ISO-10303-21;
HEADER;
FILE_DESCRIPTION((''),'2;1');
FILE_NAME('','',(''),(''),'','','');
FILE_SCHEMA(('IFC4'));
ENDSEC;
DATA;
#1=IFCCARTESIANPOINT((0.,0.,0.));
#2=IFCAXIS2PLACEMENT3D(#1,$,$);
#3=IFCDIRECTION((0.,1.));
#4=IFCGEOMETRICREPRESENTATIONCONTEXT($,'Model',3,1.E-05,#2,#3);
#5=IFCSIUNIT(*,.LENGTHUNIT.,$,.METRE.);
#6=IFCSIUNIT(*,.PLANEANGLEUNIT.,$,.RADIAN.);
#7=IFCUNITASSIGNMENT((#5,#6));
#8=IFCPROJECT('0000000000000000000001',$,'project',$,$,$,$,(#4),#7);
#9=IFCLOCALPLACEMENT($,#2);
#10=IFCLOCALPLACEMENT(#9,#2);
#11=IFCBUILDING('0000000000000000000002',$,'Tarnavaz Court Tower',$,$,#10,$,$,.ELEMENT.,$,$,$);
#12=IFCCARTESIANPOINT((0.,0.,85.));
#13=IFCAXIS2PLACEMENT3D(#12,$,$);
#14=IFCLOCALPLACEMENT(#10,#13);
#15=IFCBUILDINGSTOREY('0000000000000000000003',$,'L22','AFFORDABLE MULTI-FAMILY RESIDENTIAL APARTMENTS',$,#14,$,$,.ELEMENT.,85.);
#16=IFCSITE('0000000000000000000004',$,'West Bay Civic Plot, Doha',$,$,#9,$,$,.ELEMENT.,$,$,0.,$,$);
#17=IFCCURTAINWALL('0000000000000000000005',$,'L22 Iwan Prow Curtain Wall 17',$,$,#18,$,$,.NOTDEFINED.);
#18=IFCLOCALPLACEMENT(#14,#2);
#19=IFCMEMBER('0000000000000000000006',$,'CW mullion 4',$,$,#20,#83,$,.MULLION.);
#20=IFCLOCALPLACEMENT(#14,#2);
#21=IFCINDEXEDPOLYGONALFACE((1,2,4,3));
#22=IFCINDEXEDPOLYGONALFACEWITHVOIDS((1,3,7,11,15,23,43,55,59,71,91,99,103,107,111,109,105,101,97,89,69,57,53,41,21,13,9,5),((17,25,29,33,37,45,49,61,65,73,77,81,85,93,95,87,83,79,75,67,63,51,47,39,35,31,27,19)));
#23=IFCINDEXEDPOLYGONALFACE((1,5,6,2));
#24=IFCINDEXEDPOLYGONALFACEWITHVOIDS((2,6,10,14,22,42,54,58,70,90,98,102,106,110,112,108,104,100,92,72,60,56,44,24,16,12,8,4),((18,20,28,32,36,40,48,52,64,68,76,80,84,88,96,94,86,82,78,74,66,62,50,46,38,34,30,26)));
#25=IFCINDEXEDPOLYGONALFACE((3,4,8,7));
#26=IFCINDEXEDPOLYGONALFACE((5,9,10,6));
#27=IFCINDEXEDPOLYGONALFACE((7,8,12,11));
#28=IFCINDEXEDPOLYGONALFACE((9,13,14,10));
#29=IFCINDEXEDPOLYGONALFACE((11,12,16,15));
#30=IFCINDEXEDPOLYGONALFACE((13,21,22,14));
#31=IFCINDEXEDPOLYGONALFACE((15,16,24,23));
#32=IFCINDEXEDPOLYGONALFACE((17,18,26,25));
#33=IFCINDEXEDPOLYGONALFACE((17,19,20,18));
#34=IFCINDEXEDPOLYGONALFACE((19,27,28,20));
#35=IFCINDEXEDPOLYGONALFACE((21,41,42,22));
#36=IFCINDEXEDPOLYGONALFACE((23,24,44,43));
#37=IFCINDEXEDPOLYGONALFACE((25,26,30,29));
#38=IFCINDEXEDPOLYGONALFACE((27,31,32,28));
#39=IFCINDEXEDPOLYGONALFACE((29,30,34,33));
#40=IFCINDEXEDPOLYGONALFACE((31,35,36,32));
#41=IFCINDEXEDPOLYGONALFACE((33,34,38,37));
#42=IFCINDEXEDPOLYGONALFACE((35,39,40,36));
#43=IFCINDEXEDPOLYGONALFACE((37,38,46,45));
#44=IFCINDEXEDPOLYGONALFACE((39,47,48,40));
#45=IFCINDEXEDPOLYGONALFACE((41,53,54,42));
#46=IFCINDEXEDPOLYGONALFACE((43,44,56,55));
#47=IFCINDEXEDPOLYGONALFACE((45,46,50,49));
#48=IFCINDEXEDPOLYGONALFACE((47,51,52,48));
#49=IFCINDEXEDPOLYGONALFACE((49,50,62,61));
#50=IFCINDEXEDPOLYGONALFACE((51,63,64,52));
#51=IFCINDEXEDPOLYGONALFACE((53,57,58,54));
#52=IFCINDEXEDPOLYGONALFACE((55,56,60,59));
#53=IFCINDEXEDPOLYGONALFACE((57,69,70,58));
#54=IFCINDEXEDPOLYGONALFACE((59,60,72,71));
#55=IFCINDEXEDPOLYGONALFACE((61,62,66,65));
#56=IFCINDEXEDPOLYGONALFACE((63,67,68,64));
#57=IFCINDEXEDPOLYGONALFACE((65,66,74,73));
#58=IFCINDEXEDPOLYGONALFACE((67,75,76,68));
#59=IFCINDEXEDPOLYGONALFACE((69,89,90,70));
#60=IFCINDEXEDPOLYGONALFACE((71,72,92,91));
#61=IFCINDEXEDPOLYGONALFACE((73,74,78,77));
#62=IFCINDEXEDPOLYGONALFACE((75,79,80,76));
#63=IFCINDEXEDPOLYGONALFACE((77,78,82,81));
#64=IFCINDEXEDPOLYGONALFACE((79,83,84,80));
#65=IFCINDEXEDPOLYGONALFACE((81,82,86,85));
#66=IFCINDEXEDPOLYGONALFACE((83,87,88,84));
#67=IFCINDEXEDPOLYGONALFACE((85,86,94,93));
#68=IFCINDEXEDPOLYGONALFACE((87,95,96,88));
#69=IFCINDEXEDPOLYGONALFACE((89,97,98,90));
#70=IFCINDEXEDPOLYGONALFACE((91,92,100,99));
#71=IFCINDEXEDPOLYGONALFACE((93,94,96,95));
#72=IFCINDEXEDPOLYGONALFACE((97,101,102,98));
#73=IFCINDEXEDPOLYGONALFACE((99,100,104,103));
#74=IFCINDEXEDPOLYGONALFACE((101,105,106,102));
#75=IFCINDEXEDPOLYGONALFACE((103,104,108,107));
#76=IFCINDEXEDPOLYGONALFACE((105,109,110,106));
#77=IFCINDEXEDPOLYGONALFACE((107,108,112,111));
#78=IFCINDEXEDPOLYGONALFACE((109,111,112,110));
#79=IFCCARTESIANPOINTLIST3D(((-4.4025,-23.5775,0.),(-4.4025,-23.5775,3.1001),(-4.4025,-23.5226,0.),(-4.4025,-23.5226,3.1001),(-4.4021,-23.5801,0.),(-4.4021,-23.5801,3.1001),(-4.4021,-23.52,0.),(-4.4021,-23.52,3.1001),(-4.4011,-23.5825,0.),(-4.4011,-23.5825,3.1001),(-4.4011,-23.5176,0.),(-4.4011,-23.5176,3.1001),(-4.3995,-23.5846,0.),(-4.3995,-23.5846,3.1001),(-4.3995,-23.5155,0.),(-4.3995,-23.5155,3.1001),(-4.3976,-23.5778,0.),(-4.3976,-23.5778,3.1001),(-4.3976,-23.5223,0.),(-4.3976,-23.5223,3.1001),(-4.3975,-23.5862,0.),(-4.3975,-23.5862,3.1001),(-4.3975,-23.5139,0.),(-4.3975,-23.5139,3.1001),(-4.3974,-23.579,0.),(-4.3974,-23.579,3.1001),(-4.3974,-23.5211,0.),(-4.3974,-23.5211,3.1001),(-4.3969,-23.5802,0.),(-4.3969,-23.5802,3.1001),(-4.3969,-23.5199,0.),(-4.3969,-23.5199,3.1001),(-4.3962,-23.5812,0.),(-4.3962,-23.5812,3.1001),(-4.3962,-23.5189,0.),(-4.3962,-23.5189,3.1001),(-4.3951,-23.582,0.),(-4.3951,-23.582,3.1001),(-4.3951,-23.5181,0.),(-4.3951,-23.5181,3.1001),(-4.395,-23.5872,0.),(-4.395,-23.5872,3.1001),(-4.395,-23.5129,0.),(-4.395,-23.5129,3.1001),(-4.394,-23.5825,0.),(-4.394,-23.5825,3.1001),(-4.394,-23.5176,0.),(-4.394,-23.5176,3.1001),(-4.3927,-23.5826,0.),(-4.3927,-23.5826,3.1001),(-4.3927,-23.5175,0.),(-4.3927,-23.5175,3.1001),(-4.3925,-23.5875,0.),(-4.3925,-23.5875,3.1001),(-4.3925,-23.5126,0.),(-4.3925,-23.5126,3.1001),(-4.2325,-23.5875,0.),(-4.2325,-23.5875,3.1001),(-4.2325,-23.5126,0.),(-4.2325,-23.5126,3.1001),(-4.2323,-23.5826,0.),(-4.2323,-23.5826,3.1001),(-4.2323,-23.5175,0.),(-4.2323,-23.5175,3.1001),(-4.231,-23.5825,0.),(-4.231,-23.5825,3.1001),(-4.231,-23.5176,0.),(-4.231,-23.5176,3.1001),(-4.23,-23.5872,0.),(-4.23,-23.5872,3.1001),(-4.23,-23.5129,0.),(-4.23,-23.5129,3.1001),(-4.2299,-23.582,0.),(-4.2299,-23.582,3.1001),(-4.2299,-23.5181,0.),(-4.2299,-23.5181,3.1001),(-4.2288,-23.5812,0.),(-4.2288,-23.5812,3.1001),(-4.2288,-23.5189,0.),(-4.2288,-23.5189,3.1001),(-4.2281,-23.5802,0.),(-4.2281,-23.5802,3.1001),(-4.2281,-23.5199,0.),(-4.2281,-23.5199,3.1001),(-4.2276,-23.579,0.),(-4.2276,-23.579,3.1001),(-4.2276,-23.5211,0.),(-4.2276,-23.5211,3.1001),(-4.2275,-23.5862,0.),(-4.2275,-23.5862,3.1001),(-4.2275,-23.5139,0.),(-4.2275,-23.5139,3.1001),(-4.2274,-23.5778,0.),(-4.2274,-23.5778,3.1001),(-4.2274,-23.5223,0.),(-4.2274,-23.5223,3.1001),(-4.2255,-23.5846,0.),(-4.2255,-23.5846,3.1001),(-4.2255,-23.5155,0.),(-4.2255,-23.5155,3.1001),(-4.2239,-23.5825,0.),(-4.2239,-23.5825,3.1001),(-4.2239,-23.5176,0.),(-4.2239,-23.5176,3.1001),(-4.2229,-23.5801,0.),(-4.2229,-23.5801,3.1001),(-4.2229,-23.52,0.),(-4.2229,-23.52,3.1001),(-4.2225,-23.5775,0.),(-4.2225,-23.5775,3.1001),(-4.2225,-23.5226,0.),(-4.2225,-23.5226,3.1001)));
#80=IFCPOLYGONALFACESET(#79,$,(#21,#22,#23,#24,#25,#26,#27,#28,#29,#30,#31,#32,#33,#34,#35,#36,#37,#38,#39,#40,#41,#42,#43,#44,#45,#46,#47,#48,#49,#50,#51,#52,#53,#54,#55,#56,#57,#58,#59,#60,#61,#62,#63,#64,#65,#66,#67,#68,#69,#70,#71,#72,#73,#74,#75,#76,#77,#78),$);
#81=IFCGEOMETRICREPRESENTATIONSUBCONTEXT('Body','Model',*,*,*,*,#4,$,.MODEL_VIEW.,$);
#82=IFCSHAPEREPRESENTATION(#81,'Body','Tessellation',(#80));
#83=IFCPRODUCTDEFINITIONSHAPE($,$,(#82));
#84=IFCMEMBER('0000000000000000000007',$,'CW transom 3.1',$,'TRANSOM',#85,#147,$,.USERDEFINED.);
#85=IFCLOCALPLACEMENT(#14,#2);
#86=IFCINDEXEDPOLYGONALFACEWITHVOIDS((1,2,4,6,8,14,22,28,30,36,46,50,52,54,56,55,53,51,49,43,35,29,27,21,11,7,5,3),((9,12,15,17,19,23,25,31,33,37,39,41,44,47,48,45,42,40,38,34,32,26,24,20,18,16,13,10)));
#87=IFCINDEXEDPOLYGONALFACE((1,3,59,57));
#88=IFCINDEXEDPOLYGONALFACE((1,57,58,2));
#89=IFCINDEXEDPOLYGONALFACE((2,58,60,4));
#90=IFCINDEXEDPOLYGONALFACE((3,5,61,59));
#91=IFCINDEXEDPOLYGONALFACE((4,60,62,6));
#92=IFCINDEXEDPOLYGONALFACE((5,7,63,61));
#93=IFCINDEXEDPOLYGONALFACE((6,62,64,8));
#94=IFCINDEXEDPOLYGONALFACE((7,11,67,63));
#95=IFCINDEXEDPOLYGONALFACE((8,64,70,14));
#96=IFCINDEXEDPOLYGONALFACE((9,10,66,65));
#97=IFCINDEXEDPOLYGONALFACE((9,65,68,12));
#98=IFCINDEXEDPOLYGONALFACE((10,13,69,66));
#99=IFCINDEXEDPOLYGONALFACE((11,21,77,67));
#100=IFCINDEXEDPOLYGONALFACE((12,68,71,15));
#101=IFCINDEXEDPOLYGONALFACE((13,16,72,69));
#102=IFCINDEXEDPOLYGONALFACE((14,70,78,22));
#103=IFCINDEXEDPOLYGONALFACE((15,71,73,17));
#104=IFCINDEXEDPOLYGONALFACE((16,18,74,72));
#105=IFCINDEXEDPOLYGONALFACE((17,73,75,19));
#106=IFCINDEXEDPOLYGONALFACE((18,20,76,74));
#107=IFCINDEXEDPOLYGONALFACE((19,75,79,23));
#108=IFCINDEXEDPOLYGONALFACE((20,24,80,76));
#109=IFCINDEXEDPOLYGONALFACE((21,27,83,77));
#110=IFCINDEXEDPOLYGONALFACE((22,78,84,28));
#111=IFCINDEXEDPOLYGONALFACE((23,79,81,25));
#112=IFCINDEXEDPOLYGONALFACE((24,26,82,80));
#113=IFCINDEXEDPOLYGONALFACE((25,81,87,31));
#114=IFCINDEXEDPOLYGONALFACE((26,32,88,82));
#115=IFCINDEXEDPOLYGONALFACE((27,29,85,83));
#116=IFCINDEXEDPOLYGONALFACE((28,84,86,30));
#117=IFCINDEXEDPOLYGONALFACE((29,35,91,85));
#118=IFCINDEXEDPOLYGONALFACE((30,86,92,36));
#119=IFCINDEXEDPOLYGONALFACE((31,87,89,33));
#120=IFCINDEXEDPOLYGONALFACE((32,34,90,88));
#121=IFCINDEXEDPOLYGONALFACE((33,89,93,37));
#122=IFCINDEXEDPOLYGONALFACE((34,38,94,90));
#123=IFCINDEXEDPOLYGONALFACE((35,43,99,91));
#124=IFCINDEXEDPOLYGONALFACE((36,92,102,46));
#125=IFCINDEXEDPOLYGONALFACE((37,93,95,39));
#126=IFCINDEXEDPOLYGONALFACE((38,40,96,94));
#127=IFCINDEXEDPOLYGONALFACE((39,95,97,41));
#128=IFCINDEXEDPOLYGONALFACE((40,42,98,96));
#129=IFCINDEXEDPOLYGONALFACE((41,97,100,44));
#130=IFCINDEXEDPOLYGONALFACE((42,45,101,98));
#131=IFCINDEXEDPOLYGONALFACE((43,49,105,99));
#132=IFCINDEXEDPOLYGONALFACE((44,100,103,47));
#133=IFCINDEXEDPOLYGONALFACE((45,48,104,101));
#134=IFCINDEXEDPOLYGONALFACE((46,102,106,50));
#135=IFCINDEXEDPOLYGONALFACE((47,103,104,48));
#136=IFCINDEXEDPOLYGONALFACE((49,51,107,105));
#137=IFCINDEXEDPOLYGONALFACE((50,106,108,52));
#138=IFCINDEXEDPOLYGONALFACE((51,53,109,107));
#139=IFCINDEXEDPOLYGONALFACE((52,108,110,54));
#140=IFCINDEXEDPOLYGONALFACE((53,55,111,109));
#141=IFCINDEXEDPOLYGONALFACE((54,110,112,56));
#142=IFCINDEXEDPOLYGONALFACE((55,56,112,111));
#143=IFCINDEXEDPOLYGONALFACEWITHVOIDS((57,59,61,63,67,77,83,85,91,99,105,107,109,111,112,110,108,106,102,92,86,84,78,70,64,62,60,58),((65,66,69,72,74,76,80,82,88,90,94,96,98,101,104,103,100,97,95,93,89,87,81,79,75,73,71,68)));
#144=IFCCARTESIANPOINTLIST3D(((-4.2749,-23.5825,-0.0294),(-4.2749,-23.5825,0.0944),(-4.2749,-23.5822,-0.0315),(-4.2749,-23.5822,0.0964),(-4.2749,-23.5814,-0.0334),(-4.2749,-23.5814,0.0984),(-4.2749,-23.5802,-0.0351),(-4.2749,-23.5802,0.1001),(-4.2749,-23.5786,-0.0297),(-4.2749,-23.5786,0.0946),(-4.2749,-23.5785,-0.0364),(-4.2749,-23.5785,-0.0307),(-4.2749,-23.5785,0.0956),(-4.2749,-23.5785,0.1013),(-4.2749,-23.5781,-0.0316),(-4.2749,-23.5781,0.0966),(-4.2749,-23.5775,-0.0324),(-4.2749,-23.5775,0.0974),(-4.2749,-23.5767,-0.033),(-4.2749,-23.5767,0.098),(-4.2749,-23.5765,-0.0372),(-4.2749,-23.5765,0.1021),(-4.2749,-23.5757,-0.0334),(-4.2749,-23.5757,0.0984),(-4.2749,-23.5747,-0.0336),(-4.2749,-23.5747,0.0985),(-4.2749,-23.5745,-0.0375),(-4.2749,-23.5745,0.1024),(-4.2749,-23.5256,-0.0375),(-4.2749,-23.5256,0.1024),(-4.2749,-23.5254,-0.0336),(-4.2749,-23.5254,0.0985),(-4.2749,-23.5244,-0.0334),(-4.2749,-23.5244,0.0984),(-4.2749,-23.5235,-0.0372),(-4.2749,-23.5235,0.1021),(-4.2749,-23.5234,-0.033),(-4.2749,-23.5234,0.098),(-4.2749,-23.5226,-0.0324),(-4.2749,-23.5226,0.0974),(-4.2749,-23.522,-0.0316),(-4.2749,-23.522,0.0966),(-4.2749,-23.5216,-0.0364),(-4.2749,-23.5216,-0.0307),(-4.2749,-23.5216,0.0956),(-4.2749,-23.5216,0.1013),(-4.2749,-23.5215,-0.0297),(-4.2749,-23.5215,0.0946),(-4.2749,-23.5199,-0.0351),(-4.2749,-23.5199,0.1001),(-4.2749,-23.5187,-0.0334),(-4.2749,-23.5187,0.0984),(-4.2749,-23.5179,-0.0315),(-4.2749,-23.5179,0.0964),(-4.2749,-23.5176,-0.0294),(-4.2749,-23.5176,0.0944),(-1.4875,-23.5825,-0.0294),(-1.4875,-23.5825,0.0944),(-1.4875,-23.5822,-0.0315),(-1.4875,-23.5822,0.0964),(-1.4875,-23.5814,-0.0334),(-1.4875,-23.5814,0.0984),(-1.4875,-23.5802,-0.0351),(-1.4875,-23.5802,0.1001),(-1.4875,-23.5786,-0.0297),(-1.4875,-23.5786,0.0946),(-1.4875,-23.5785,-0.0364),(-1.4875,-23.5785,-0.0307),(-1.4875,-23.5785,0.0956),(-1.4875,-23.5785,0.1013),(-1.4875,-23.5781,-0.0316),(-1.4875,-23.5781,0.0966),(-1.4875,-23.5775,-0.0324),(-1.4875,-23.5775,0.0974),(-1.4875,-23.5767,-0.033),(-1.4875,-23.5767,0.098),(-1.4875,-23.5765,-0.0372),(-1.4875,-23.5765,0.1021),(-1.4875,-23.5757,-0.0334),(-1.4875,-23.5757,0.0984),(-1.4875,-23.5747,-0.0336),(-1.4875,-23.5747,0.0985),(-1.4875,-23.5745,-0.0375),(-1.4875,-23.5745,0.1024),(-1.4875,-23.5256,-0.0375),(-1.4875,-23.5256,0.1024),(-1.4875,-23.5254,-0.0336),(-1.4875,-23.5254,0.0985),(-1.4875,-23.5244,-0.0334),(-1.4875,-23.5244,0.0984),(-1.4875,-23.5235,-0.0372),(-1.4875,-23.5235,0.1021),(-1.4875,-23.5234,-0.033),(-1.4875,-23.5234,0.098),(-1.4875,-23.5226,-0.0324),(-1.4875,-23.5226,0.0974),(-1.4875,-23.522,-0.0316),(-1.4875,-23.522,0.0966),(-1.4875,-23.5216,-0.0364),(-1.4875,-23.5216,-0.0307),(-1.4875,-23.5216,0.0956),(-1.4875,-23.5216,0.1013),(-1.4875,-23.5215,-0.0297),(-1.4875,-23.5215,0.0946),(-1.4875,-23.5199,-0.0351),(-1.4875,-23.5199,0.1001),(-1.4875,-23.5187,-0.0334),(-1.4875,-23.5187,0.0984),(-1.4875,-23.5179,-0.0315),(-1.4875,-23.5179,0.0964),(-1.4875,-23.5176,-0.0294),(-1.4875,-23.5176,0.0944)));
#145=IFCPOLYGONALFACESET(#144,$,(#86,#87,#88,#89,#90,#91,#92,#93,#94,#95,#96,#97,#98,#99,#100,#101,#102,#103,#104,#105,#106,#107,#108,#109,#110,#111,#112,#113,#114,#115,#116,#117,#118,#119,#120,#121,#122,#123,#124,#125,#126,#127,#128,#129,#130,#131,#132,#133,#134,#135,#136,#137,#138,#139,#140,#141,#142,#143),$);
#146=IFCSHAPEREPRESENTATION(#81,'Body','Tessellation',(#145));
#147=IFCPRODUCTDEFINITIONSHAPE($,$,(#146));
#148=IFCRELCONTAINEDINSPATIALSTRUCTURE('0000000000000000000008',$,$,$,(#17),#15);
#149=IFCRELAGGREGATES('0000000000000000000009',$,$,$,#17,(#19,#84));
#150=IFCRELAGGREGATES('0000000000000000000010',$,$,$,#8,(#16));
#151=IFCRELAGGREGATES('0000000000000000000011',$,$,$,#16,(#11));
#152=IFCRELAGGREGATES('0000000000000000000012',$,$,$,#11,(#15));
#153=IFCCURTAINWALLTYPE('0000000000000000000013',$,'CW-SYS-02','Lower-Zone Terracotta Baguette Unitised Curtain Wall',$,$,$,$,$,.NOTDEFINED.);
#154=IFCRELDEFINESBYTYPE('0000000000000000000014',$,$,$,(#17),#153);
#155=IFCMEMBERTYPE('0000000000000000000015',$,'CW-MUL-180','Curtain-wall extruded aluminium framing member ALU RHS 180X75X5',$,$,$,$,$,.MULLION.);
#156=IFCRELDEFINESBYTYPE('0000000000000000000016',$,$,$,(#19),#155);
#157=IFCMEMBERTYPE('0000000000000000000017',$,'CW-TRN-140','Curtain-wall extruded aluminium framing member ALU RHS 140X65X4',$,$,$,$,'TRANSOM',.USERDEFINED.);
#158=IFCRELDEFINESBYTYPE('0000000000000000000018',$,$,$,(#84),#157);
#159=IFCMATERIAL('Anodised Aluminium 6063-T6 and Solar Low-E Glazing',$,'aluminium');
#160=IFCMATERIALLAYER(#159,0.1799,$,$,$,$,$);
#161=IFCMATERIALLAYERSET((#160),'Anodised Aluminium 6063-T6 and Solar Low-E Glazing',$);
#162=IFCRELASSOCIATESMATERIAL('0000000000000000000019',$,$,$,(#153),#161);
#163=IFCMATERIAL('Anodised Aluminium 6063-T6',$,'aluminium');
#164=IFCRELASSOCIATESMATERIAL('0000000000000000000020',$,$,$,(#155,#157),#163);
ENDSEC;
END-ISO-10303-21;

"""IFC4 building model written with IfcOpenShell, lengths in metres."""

from ifc_helpers import new_model, si_unit, direction, frame, origin, origin_2d, place, context, subcontext, project, spatial, hollow_rectangle, extrude, material, layer, layer_set, material_profile, profile_set, type_object, element, aggregate, save


model = new_model("IFC4")

# Units and contexts
model_context = context("Model", 3, precision=1e-05, world=origin(), true_north=direction((0.0, 1.0)))
body_context = subcontext(model_context, "Body", "Model", "MODEL_VIEW")
ifc_project = project(units=[si_unit("LENGTHUNIT", "METRE"), si_unit("PLANEANGLEUNIT", "RADIAN")], contexts=[model_context])

# Site, building, storey
site_placement = place(None, origin())
site = spatial("IfcSite", under=ifc_project, at=site_placement, Name="West Bay Civic Plot, Doha", CompositionType="ELEMENT", RefElevation=0.0)
building_placement = place(site_placement, origin())
building = spatial("IfcBuilding", under=site, at=building_placement, Name="Tarnavaz Court Tower", CompositionType="ELEMENT")
storey_placement = place(building_placement, frame((0.0, 0.0, 85.0)))
storey = spatial("IfcBuildingStorey", under=building, at=storey_placement, Name="L22", Description="AFFORDABLE MULTI-FAMILY RESIDENTIAL APARTMENTS", CompositionType="ELEMENT", Elevation=85.0)

# Curtain wall, members
ifc_material_1 = material(Name="Anodised Aluminium 6063-T6 and Solar Low-E Glazing", Category="aluminium")
ifc_layer_1 = layer(ifc_material_1, 0.1799)
ifc_layer_set_1 = layer_set([ifc_layer_1], Name="Anodised Aluminium 6063-T6 and Solar Low-E Glazing")
curtain_wall_type = type_object("IfcCurtainWallType", Name="CW-SYS-02", Description="Lower-Zone Terracotta Baguette Unitised Curtain Wall", PredefinedType="NOTDEFINED", material=ifc_layer_set_1)
curtain_wall_placement = place(storey_placement, origin())
curtain_wall = element("IfcCurtainWall", 1, at=curtain_wall_placement, inside=storey, type_object=curtain_wall_type, Name="L22 Iwan Prow Curtain Wall 17", PredefinedType="NOTDEFINED")
ifc_material_2 = material(Name="Anodised Aluminium 6063-T6", Category="aluminium")
ifc_material_profile_1 = material_profile(ifc_material_2, hollow_rectangle(XDim=0.075, YDim=0.1799, WallThickness=0.0049, InnerFilletRadius=0.0049, OuterFilletRadius=0.01, at=origin_2d()), Name="ALU RHS 180X75X5")
ifc_profile_set_1 = profile_set([ifc_material_profile_1], Name="Anodised Aluminium 6063-T6")
member_type_1 = type_object("IfcMemberType", Name="CW-MUL-180", Description="Curtain-wall extruded aluminium framing member ALU RHS 180X75X5", PredefinedType="MULLION", material=ifc_profile_set_1)
member_1_placement = place(storey_placement, frame((-4.3125, -23.55, 0.0), z_axis=(0.0, 0.0, 1.0), x_axis=(0.0, -1.0, 0.0)))
member_1 = element("IfcMember", 2, at=member_1_placement, type_object=member_type_1, Name="CW mullion 4", PredefinedType="MULLION", context=body_context, shape_type="SweptSolid", body=[
    extrude(hollow_rectangle(XDim=0.075, YDim=0.1799, WallThickness=0.0049, InnerFilletRadius=0.0049, OuterFilletRadius=0.01, at=origin_2d()), origin(), (0.0, 0.0, 1.0), 3.1001),
])
ifc_material_profile_2 = material_profile(ifc_material_2, hollow_rectangle(XDim=0.0649, YDim=0.1399, WallThickness=0.0039, InnerFilletRadius=0.0039, OuterFilletRadius=0.0081, at=origin_2d()), Name="ALU RHS 140X65X4")
ifc_profile_set_2 = profile_set([ifc_material_profile_2], Name="Anodised Aluminium 6063-T6")
member_type_2 = type_object("IfcMemberType", Name="CW-TRN-140", Description="Curtain-wall extruded aluminium framing member ALU RHS 140X65X4", ElementType="TRANSOM", PredefinedType="USERDEFINED", material=ifc_profile_set_2)
member_2_placement = place(storey_placement, frame((-1.4875, -23.55, 0.0325), z_axis=(-1.0, 0.0, 0.0), x_axis=(0.0, -1.0, 0.0)))
member_2 = element("IfcMember", 3, at=member_2_placement, type_object=member_type_2, Name="CW transom 3.1", ObjectType="TRANSOM", PredefinedType="USERDEFINED", context=body_context, shape_type="SweptSolid", body=[
    extrude(hollow_rectangle(XDim=0.0649, YDim=0.1399, WallThickness=0.0039, InnerFilletRadius=0.0039, OuterFilletRadius=0.0081, at=origin_2d()), origin(), (0.0, 0.0, 1.0), 2.7874),
])
aggregate(curtain_wall, [member_1, member_2])

save(model, "model.ifc")
